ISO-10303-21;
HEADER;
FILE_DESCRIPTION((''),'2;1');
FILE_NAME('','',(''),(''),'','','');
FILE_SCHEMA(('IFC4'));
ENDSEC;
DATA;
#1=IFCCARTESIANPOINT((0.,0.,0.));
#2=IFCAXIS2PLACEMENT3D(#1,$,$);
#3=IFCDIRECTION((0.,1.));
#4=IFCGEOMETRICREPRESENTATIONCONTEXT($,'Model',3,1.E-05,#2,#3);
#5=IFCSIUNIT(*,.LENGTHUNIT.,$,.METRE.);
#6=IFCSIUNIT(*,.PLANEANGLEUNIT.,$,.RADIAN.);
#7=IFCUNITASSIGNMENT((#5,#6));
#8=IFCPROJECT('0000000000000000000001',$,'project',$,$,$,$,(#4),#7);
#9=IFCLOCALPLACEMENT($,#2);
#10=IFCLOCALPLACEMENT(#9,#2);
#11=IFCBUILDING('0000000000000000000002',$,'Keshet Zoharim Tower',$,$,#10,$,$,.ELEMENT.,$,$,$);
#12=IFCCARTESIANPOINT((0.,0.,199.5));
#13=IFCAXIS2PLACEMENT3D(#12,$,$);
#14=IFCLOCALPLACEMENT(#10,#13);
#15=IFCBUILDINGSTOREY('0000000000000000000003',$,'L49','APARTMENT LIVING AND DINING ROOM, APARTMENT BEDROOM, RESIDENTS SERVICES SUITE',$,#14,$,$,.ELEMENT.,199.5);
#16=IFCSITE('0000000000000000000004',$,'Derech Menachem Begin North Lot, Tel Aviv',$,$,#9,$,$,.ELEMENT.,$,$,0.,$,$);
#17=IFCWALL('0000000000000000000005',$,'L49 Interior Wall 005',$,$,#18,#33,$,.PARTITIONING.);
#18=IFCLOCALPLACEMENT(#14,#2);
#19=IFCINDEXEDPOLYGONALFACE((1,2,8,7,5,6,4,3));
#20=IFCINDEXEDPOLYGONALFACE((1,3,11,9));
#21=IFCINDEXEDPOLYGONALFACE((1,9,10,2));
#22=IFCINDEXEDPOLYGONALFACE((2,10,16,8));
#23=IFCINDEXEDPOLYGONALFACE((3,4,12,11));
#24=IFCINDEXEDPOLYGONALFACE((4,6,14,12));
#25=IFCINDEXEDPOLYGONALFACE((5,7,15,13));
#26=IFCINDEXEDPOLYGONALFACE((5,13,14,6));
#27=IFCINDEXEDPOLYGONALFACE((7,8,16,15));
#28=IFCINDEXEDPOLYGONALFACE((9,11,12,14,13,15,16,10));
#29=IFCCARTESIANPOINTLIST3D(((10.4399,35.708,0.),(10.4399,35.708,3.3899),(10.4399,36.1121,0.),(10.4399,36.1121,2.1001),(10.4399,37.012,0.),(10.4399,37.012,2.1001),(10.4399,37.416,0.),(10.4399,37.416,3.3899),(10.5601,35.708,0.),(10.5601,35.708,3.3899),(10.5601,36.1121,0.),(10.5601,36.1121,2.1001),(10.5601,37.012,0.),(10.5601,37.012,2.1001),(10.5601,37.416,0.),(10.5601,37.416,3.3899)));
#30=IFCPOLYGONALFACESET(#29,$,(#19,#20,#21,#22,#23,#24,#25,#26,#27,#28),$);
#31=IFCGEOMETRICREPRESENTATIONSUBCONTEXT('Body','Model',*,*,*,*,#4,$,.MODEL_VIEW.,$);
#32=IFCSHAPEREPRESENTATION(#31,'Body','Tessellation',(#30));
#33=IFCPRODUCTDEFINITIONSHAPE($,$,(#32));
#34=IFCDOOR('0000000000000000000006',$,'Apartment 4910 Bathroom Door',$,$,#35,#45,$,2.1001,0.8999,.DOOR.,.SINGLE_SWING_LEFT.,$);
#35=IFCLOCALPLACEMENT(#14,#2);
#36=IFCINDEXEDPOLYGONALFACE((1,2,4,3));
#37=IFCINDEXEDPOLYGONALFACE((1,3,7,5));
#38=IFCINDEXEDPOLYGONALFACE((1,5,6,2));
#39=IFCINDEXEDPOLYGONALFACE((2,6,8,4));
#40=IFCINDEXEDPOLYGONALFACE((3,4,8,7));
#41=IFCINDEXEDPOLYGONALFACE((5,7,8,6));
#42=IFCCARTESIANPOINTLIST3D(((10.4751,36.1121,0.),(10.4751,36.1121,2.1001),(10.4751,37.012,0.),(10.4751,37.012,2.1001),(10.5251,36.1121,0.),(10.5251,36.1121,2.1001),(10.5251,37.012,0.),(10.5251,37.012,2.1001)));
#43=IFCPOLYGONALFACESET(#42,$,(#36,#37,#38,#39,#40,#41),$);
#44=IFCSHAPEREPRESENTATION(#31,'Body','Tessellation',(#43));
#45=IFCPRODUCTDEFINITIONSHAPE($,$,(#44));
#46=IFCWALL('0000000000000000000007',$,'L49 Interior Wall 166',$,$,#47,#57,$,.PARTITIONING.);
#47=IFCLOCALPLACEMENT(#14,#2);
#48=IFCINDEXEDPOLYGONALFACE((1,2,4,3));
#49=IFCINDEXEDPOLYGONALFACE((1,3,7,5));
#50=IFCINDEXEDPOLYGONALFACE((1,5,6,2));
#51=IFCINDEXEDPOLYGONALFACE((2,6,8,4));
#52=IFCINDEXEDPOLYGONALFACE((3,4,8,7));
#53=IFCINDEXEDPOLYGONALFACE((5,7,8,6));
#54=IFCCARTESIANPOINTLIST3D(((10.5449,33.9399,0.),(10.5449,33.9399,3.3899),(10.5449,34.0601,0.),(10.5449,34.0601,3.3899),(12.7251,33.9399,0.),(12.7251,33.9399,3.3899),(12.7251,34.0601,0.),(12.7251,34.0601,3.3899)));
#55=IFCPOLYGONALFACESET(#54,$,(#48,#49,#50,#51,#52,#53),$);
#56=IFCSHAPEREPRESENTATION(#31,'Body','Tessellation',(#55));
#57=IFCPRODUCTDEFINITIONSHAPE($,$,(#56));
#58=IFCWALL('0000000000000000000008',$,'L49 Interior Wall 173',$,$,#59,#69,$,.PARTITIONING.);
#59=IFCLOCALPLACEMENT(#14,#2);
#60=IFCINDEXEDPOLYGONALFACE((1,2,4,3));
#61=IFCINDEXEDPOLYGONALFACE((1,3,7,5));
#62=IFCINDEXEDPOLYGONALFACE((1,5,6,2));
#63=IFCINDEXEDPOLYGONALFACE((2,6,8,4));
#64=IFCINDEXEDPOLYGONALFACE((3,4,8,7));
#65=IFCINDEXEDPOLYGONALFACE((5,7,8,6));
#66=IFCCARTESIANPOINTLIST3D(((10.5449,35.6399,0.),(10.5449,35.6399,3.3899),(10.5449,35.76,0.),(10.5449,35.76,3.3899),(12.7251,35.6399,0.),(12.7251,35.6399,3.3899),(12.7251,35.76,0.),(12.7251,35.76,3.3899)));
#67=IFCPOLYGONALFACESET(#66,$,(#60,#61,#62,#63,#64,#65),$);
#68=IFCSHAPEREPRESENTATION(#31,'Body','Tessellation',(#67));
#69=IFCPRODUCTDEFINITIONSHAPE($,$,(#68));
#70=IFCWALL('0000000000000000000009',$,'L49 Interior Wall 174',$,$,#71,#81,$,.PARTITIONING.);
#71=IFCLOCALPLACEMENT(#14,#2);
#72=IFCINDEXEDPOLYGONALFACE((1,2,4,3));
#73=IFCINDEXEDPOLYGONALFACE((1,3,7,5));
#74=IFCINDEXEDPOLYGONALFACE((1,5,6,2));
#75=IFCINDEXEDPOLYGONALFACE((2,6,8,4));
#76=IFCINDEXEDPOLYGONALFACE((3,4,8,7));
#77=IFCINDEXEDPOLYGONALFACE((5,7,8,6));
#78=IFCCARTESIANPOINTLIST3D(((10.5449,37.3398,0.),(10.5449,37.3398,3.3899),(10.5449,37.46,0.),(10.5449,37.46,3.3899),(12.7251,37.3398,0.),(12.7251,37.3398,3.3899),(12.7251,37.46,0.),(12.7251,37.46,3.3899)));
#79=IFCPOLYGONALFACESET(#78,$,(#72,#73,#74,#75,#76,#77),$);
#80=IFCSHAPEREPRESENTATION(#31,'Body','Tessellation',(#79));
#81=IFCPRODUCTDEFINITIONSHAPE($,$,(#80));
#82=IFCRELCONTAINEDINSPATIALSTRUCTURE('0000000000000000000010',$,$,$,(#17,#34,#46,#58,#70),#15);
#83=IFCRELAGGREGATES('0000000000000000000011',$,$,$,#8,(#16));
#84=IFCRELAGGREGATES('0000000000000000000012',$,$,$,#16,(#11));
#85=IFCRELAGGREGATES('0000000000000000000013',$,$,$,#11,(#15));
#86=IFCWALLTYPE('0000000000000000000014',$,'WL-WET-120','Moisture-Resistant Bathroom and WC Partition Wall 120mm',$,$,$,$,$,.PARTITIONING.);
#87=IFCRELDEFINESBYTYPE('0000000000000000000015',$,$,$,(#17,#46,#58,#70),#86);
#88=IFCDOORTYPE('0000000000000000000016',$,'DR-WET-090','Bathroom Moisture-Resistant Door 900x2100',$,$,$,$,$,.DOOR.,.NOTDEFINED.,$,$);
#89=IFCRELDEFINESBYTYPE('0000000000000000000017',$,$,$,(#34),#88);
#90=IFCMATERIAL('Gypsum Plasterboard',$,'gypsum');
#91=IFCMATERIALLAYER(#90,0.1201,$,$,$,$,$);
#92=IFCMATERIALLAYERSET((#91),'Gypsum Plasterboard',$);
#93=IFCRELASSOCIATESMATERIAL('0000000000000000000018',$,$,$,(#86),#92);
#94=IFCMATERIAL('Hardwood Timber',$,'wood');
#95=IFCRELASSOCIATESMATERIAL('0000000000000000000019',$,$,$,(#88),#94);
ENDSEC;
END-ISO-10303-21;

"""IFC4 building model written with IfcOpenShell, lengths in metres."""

from ifc_helpers import new_model, si_unit, direction, frame, frame_2d, origin, place, context, subcontext, project, spatial, rectangle, extrude, material, layer, layer_set, type_object, element, fill, save


model = new_model("IFC4")

# Units and contexts
model_context = context("Model", 3, precision=1e-05, world=origin(), true_north=direction((0.0, 1.0)))
body_context = subcontext(model_context, "Body", "Model", "MODEL_VIEW")
ifc_project = project(units=[si_unit("LENGTHUNIT", "METRE"), si_unit("PLANEANGLEUNIT", "RADIAN")], contexts=[model_context])

# Site, building, storey
site_placement = place(None, origin())
site = spatial("IfcSite", under=ifc_project, at=site_placement, Name="Derech Menachem Begin North Lot, Tel Aviv", CompositionType="ELEMENT", RefElevation=0.0)
building_placement = place(site_placement, origin())
building = spatial("IfcBuilding", under=site, at=building_placement, Name="Keshet Zoharim Tower", CompositionType="ELEMENT")
storey_placement = place(building_placement, frame((0.0, 0.0, 199.5)))
storey = spatial("IfcBuildingStorey", under=building, at=storey_placement, Name="L49", Description="APARTMENT LIVING AND DINING ROOM, APARTMENT BEDROOM, RESIDENTS SERVICES SUITE", CompositionType="ELEMENT", Elevation=199.5)

# Shared definitions
ifc_material_1 = material(Name="Gypsum Plasterboard", Category="gypsum")

# Shared definitions
ifc_material_2 = material(Name="Hardwood Timber", Category="wood")

# Wall, opening, door
ifc_layer_1 = layer(ifc_material_1, 0.1201)
ifc_layer_set_1 = layer_set([ifc_layer_1], Name="Gypsum Plasterboard")
wall_type_1 = type_object("IfcWallType", Name="WL-WET-120", Description="Moisture-Resistant Bathroom and WC Partition Wall 120mm", PredefinedType="PARTITIONING", material=ifc_layer_set_1)
wall_1_placement = place(storey_placement, frame((10.5, 35.708, 0.0), z_axis=(0.0, 0.0, 1.0), x_axis=(0.0, 1.0, 0.0)))
wall_1 = element("IfcWall", 1, at=wall_1_placement, inside=storey, type_object=wall_type_1, Name="L49 Interior Wall 005", PredefinedType="PARTITIONING", context=body_context, shape_type="SweptSolid", body=[
    extrude(rectangle(XDim=1.708, YDim=0.1201, at=frame_2d((0.854, 0.0))), origin(), (0.0, 0.0, 1.0), 3.3899),
])
opening_1_placement = place(wall_1_placement, frame((0.4041, 0.0, 0.0)))
opening_1 = element("IfcOpeningElement", 2, at=opening_1_placement, cuts=wall_1, PredefinedType="OPENING", context=body_context, shape_type="SweptSolid", body=[
    extrude(rectangle(XDim=0.8999, YDim=2.1001, at=frame_2d((0.45, 1.05))), frame((0.0, 0.0701, 0.0), z_axis=(0.0, -1.0, 0.0), x_axis=(1.0, 0.0, 0.0)), (0.0, 0.0, 1.0), 0.1401),
])
door_type_1 = type_object("IfcDoorType", Name="DR-WET-090", Description="Bathroom Moisture-Resistant Door 900x2100", OperationType="NOTDEFINED", PredefinedType="DOOR", material=ifc_material_2)
door_1_placement = place(opening_1_placement, origin())
door_1 = element("IfcDoor", 3, at=door_1_placement, inside=storey, type_object=door_type_1, Name="Apartment 4910 Bathroom Door", OperationType="SINGLE_SWING_LEFT", OverallHeight=2.1001, OverallWidth=0.8999, PredefinedType="DOOR", context=body_context, shape_type="SweptSolid", body=[
    extrude(rectangle(XDim=0.8999, YDim=2.1001, at=frame_2d((0.45, 1.05))), frame((0.0, 0.0249, 0.0), z_axis=(0.0, -1.0, 0.0), x_axis=(1.0, 0.0, 0.0)), (0.0, 0.0, 1.0), 0.05),
])
fill(opening_1, door_1)

# Walls
for number, where, z_axis, x_axis, name in (
    (4, (10.5449, 34.0, 0.0), (0.0, 0.0, 1.0), (1.0, 0.0, 0.0), "L49 Interior Wall 166"),
    (5, (10.5449, 35.7, 0.0), (0.0, 0.0, 1.0), (1.0, 0.0, 0.0), "L49 Interior Wall 173"),
    (6, (10.5449, 37.3999, 0.0), (0.0, 0.0, 1.0), (1.0, 0.0, 0.0), "L49 Interior Wall 174"),
):
    element("IfcWall", number, at=place(storey_placement, frame(where, z_axis=z_axis, x_axis=x_axis)), inside=storey, type_object=wall_type_1, Name=name, PredefinedType="PARTITIONING", context=body_context, shape_type="SweptSolid", body=[
        extrude(rectangle(XDim=2.1802, YDim=0.1201, at=frame_2d((1.0901, 0.0))), origin(), (0.0, 0.0, 1.0), 3.3899),
    ])

save(model, "model.ifc")
